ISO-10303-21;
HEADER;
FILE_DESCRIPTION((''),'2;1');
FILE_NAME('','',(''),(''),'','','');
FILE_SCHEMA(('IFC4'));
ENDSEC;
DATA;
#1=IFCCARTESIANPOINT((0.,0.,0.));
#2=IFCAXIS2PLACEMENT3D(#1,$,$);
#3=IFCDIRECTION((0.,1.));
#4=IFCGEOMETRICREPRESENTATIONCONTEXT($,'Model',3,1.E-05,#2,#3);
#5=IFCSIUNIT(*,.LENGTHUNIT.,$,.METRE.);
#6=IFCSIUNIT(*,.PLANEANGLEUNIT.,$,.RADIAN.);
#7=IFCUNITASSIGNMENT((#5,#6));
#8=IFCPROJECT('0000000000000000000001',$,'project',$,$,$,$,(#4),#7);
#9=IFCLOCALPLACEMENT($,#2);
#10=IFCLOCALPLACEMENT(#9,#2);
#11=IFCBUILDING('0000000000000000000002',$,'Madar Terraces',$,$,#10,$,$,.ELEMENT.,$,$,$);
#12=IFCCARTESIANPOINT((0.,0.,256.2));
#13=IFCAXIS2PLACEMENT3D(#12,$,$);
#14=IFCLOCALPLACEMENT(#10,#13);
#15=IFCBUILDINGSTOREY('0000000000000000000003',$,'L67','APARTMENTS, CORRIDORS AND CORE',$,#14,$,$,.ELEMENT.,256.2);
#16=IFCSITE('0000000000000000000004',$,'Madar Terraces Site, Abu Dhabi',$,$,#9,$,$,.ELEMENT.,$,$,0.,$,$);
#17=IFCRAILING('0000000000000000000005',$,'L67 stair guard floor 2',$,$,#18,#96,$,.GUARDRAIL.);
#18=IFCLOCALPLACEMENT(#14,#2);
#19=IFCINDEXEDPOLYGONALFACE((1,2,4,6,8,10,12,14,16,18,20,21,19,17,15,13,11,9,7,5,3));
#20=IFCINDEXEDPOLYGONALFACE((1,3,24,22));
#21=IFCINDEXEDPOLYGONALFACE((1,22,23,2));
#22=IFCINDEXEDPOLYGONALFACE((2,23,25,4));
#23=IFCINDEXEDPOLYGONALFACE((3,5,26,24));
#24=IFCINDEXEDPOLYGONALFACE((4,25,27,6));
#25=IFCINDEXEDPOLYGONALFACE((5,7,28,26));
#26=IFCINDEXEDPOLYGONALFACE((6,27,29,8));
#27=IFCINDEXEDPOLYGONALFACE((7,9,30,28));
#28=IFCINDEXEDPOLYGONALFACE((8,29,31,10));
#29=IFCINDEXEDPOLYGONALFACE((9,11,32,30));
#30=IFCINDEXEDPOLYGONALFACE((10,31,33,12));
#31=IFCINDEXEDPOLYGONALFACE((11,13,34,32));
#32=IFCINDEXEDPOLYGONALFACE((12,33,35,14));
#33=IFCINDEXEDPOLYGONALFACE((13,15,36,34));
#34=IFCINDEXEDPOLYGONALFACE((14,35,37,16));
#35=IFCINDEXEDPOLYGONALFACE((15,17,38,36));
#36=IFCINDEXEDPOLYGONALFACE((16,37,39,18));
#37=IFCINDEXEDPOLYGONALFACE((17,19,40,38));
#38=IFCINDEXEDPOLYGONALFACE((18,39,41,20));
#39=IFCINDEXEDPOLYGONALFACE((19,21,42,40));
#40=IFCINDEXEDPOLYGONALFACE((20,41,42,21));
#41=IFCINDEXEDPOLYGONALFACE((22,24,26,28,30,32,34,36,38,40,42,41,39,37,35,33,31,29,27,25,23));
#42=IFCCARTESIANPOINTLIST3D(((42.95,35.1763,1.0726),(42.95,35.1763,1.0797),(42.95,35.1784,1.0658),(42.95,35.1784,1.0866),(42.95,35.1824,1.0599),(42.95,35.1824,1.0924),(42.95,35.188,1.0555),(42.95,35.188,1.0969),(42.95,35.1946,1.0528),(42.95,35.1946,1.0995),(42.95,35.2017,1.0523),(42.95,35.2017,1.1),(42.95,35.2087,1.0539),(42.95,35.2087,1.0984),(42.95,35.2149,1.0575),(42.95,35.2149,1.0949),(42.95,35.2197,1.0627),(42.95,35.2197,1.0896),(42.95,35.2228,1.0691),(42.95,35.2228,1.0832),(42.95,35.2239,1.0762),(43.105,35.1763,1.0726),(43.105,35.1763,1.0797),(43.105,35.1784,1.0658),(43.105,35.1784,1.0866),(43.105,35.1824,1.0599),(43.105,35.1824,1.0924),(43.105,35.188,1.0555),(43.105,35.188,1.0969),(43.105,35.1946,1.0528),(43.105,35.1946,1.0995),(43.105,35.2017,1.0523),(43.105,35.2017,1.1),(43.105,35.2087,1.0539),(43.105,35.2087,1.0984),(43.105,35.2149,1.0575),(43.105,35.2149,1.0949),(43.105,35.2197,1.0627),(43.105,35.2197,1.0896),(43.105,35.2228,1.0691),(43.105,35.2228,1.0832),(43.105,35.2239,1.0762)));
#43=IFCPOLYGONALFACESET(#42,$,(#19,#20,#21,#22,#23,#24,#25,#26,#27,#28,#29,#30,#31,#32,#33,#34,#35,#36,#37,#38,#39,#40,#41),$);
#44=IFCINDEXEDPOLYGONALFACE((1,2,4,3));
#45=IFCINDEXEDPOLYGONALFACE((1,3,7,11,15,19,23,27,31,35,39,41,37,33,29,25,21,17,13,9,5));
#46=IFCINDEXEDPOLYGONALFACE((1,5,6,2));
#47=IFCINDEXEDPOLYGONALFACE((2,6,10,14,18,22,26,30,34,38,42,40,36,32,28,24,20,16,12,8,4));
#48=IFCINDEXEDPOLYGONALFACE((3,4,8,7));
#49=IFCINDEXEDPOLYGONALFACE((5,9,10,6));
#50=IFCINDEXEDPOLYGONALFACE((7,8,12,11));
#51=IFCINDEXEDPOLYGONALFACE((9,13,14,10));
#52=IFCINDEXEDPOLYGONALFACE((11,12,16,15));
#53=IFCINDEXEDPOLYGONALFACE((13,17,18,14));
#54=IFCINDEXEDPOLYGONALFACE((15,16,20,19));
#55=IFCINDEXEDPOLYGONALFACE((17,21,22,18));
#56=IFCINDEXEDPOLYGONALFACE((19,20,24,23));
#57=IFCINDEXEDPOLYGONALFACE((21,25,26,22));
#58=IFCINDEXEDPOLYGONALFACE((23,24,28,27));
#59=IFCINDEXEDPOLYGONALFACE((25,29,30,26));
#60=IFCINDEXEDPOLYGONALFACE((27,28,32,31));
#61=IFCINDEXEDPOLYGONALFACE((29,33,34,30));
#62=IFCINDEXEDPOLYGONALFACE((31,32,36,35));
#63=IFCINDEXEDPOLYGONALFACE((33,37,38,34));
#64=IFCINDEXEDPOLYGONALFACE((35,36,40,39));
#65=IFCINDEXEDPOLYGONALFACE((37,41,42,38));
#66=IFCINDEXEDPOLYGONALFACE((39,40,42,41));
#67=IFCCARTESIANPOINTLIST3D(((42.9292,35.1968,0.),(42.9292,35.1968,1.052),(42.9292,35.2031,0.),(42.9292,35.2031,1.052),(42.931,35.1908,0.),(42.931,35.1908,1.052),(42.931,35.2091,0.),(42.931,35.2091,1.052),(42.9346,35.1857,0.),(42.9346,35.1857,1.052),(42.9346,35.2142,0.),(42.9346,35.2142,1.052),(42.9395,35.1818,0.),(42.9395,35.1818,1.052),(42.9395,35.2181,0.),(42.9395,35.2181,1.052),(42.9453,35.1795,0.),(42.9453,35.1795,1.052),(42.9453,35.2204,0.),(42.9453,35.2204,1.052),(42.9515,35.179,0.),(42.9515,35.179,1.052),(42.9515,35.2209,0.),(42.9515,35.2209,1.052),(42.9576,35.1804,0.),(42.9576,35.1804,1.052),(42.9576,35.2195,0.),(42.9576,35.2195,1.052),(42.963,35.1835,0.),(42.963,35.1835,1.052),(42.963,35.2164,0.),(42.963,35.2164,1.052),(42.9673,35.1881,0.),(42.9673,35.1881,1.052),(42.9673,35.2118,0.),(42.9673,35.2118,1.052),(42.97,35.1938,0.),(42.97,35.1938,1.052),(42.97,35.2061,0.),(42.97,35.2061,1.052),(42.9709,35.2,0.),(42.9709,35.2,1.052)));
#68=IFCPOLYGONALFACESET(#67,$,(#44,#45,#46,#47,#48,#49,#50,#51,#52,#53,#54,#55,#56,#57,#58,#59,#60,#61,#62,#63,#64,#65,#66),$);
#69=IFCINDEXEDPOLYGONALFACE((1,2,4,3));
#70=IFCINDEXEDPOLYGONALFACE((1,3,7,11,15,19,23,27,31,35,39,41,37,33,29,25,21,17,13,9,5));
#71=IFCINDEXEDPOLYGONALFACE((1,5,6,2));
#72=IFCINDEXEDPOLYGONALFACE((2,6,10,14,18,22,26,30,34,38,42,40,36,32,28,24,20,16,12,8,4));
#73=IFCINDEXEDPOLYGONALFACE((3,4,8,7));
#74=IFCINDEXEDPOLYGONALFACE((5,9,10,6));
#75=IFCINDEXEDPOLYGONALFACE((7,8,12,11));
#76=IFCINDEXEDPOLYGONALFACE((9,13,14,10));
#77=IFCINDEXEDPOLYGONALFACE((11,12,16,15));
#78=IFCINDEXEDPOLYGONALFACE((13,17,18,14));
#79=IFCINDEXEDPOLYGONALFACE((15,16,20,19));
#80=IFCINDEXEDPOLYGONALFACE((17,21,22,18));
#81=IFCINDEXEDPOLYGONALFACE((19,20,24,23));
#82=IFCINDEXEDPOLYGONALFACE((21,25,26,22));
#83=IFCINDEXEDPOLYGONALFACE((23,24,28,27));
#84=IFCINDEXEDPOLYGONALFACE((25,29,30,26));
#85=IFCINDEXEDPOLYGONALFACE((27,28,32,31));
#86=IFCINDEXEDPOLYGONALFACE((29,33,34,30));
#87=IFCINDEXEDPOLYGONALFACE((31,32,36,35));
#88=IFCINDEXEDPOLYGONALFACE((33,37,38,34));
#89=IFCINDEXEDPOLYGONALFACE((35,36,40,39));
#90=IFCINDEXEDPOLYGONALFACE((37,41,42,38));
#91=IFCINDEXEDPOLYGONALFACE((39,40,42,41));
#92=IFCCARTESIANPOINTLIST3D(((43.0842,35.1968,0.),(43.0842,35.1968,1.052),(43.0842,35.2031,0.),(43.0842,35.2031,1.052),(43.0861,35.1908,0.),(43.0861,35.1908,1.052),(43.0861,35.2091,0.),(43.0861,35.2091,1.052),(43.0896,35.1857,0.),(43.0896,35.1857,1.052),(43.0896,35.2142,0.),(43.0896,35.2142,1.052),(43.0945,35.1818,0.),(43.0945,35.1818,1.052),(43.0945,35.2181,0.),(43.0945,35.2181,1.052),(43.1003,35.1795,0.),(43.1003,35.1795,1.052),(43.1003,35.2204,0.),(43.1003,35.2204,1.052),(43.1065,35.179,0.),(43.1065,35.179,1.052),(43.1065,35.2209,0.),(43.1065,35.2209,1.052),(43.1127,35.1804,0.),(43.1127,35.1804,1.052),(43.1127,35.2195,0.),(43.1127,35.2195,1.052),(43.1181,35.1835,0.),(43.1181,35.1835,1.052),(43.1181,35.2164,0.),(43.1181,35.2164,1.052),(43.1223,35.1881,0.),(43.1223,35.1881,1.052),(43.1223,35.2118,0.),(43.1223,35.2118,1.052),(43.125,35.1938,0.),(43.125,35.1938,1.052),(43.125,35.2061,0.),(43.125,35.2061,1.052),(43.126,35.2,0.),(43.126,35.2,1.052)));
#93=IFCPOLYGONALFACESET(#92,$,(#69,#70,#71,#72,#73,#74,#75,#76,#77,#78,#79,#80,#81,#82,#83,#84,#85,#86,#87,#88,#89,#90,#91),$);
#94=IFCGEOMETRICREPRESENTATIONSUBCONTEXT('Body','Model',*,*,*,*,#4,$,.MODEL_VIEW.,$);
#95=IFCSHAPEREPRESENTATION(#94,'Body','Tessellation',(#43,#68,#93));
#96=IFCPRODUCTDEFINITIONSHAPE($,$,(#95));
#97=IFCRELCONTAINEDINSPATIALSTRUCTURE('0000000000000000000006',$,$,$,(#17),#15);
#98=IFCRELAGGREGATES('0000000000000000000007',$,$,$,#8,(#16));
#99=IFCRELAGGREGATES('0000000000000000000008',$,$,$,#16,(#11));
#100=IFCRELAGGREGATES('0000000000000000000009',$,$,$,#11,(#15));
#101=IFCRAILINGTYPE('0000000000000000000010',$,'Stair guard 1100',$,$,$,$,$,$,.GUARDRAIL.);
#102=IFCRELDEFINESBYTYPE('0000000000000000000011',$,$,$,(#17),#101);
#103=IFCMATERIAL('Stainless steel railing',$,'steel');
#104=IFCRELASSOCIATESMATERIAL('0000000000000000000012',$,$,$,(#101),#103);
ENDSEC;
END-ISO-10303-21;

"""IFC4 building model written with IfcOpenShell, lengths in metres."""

from ifc_helpers import new_model, si_unit, direction, frame, origin, origin_2d, place, context, subcontext, project, spatial, circle, extrude, material, type_object, element, save


model = new_model("IFC4")

# Units and contexts
model_context = context("Model", 3, precision=1e-05, world=origin(), true_north=direction((0.0, 1.0)))
body_context = subcontext(model_context, "Body", "Model", "MODEL_VIEW")
ifc_project = project(units=[si_unit("LENGTHUNIT", "METRE"), si_unit("PLANEANGLEUNIT", "RADIAN")], contexts=[model_context])

# Site, building, storey
site_placement = place(None, origin())
site = spatial("IfcSite", under=ifc_project, at=site_placement, Name="Madar Terraces Site, Abu Dhabi", CompositionType="ELEMENT", RefElevation=0.0)
building_placement = place(site_placement, origin())
building = spatial("IfcBuilding", under=site, at=building_placement, Name="Madar Terraces", CompositionType="ELEMENT")
storey_placement = place(building_placement, frame((0.0, 0.0, 256.2)))
storey = spatial("IfcBuildingStorey", under=building, at=storey_placement, Name="L67", Description="APARTMENTS, CORRIDORS AND CORE", CompositionType="ELEMENT", Elevation=256.2)

# Railing
ifc_material_1 = material(Name="Stainless steel railing", Category="steel")
railing_type_1 = type_object("IfcRailingType", Name="Stair guard 1100", PredefinedType="GUARDRAIL", material=ifc_material_1)
for number, where, name in (
    (1, (42.95, 35.2, 0.0), "L67 stair guard floor 2"),
):
    element("IfcRailing", number, at=place(storey_placement, frame(where)), inside=storey, type_object=railing_type_1, Name=name, PredefinedType="GUARDRAIL", context=body_context, shape_type="SweptSolid", body=[
        extrude(circle(Radius=0.0239, at=origin_2d()), frame((0.0, 0.0, 1.0762), z_axis=(1.0, 0.0, 0.0), x_axis=(0.0, 1.0, 0.0)), (0.0, 0.0, 1.0), 0.155),
        extrude(circle(Radius=0.021, at=origin_2d()), origin(), (0.0, 0.0, 1.0), 1.052),
        extrude(circle(Radius=0.021, at=origin_2d()), frame((0.155, 0.0, 0.0)), (0.0, 0.0, 1.0), 1.052),
    ])

save(model, "model.ifc")
